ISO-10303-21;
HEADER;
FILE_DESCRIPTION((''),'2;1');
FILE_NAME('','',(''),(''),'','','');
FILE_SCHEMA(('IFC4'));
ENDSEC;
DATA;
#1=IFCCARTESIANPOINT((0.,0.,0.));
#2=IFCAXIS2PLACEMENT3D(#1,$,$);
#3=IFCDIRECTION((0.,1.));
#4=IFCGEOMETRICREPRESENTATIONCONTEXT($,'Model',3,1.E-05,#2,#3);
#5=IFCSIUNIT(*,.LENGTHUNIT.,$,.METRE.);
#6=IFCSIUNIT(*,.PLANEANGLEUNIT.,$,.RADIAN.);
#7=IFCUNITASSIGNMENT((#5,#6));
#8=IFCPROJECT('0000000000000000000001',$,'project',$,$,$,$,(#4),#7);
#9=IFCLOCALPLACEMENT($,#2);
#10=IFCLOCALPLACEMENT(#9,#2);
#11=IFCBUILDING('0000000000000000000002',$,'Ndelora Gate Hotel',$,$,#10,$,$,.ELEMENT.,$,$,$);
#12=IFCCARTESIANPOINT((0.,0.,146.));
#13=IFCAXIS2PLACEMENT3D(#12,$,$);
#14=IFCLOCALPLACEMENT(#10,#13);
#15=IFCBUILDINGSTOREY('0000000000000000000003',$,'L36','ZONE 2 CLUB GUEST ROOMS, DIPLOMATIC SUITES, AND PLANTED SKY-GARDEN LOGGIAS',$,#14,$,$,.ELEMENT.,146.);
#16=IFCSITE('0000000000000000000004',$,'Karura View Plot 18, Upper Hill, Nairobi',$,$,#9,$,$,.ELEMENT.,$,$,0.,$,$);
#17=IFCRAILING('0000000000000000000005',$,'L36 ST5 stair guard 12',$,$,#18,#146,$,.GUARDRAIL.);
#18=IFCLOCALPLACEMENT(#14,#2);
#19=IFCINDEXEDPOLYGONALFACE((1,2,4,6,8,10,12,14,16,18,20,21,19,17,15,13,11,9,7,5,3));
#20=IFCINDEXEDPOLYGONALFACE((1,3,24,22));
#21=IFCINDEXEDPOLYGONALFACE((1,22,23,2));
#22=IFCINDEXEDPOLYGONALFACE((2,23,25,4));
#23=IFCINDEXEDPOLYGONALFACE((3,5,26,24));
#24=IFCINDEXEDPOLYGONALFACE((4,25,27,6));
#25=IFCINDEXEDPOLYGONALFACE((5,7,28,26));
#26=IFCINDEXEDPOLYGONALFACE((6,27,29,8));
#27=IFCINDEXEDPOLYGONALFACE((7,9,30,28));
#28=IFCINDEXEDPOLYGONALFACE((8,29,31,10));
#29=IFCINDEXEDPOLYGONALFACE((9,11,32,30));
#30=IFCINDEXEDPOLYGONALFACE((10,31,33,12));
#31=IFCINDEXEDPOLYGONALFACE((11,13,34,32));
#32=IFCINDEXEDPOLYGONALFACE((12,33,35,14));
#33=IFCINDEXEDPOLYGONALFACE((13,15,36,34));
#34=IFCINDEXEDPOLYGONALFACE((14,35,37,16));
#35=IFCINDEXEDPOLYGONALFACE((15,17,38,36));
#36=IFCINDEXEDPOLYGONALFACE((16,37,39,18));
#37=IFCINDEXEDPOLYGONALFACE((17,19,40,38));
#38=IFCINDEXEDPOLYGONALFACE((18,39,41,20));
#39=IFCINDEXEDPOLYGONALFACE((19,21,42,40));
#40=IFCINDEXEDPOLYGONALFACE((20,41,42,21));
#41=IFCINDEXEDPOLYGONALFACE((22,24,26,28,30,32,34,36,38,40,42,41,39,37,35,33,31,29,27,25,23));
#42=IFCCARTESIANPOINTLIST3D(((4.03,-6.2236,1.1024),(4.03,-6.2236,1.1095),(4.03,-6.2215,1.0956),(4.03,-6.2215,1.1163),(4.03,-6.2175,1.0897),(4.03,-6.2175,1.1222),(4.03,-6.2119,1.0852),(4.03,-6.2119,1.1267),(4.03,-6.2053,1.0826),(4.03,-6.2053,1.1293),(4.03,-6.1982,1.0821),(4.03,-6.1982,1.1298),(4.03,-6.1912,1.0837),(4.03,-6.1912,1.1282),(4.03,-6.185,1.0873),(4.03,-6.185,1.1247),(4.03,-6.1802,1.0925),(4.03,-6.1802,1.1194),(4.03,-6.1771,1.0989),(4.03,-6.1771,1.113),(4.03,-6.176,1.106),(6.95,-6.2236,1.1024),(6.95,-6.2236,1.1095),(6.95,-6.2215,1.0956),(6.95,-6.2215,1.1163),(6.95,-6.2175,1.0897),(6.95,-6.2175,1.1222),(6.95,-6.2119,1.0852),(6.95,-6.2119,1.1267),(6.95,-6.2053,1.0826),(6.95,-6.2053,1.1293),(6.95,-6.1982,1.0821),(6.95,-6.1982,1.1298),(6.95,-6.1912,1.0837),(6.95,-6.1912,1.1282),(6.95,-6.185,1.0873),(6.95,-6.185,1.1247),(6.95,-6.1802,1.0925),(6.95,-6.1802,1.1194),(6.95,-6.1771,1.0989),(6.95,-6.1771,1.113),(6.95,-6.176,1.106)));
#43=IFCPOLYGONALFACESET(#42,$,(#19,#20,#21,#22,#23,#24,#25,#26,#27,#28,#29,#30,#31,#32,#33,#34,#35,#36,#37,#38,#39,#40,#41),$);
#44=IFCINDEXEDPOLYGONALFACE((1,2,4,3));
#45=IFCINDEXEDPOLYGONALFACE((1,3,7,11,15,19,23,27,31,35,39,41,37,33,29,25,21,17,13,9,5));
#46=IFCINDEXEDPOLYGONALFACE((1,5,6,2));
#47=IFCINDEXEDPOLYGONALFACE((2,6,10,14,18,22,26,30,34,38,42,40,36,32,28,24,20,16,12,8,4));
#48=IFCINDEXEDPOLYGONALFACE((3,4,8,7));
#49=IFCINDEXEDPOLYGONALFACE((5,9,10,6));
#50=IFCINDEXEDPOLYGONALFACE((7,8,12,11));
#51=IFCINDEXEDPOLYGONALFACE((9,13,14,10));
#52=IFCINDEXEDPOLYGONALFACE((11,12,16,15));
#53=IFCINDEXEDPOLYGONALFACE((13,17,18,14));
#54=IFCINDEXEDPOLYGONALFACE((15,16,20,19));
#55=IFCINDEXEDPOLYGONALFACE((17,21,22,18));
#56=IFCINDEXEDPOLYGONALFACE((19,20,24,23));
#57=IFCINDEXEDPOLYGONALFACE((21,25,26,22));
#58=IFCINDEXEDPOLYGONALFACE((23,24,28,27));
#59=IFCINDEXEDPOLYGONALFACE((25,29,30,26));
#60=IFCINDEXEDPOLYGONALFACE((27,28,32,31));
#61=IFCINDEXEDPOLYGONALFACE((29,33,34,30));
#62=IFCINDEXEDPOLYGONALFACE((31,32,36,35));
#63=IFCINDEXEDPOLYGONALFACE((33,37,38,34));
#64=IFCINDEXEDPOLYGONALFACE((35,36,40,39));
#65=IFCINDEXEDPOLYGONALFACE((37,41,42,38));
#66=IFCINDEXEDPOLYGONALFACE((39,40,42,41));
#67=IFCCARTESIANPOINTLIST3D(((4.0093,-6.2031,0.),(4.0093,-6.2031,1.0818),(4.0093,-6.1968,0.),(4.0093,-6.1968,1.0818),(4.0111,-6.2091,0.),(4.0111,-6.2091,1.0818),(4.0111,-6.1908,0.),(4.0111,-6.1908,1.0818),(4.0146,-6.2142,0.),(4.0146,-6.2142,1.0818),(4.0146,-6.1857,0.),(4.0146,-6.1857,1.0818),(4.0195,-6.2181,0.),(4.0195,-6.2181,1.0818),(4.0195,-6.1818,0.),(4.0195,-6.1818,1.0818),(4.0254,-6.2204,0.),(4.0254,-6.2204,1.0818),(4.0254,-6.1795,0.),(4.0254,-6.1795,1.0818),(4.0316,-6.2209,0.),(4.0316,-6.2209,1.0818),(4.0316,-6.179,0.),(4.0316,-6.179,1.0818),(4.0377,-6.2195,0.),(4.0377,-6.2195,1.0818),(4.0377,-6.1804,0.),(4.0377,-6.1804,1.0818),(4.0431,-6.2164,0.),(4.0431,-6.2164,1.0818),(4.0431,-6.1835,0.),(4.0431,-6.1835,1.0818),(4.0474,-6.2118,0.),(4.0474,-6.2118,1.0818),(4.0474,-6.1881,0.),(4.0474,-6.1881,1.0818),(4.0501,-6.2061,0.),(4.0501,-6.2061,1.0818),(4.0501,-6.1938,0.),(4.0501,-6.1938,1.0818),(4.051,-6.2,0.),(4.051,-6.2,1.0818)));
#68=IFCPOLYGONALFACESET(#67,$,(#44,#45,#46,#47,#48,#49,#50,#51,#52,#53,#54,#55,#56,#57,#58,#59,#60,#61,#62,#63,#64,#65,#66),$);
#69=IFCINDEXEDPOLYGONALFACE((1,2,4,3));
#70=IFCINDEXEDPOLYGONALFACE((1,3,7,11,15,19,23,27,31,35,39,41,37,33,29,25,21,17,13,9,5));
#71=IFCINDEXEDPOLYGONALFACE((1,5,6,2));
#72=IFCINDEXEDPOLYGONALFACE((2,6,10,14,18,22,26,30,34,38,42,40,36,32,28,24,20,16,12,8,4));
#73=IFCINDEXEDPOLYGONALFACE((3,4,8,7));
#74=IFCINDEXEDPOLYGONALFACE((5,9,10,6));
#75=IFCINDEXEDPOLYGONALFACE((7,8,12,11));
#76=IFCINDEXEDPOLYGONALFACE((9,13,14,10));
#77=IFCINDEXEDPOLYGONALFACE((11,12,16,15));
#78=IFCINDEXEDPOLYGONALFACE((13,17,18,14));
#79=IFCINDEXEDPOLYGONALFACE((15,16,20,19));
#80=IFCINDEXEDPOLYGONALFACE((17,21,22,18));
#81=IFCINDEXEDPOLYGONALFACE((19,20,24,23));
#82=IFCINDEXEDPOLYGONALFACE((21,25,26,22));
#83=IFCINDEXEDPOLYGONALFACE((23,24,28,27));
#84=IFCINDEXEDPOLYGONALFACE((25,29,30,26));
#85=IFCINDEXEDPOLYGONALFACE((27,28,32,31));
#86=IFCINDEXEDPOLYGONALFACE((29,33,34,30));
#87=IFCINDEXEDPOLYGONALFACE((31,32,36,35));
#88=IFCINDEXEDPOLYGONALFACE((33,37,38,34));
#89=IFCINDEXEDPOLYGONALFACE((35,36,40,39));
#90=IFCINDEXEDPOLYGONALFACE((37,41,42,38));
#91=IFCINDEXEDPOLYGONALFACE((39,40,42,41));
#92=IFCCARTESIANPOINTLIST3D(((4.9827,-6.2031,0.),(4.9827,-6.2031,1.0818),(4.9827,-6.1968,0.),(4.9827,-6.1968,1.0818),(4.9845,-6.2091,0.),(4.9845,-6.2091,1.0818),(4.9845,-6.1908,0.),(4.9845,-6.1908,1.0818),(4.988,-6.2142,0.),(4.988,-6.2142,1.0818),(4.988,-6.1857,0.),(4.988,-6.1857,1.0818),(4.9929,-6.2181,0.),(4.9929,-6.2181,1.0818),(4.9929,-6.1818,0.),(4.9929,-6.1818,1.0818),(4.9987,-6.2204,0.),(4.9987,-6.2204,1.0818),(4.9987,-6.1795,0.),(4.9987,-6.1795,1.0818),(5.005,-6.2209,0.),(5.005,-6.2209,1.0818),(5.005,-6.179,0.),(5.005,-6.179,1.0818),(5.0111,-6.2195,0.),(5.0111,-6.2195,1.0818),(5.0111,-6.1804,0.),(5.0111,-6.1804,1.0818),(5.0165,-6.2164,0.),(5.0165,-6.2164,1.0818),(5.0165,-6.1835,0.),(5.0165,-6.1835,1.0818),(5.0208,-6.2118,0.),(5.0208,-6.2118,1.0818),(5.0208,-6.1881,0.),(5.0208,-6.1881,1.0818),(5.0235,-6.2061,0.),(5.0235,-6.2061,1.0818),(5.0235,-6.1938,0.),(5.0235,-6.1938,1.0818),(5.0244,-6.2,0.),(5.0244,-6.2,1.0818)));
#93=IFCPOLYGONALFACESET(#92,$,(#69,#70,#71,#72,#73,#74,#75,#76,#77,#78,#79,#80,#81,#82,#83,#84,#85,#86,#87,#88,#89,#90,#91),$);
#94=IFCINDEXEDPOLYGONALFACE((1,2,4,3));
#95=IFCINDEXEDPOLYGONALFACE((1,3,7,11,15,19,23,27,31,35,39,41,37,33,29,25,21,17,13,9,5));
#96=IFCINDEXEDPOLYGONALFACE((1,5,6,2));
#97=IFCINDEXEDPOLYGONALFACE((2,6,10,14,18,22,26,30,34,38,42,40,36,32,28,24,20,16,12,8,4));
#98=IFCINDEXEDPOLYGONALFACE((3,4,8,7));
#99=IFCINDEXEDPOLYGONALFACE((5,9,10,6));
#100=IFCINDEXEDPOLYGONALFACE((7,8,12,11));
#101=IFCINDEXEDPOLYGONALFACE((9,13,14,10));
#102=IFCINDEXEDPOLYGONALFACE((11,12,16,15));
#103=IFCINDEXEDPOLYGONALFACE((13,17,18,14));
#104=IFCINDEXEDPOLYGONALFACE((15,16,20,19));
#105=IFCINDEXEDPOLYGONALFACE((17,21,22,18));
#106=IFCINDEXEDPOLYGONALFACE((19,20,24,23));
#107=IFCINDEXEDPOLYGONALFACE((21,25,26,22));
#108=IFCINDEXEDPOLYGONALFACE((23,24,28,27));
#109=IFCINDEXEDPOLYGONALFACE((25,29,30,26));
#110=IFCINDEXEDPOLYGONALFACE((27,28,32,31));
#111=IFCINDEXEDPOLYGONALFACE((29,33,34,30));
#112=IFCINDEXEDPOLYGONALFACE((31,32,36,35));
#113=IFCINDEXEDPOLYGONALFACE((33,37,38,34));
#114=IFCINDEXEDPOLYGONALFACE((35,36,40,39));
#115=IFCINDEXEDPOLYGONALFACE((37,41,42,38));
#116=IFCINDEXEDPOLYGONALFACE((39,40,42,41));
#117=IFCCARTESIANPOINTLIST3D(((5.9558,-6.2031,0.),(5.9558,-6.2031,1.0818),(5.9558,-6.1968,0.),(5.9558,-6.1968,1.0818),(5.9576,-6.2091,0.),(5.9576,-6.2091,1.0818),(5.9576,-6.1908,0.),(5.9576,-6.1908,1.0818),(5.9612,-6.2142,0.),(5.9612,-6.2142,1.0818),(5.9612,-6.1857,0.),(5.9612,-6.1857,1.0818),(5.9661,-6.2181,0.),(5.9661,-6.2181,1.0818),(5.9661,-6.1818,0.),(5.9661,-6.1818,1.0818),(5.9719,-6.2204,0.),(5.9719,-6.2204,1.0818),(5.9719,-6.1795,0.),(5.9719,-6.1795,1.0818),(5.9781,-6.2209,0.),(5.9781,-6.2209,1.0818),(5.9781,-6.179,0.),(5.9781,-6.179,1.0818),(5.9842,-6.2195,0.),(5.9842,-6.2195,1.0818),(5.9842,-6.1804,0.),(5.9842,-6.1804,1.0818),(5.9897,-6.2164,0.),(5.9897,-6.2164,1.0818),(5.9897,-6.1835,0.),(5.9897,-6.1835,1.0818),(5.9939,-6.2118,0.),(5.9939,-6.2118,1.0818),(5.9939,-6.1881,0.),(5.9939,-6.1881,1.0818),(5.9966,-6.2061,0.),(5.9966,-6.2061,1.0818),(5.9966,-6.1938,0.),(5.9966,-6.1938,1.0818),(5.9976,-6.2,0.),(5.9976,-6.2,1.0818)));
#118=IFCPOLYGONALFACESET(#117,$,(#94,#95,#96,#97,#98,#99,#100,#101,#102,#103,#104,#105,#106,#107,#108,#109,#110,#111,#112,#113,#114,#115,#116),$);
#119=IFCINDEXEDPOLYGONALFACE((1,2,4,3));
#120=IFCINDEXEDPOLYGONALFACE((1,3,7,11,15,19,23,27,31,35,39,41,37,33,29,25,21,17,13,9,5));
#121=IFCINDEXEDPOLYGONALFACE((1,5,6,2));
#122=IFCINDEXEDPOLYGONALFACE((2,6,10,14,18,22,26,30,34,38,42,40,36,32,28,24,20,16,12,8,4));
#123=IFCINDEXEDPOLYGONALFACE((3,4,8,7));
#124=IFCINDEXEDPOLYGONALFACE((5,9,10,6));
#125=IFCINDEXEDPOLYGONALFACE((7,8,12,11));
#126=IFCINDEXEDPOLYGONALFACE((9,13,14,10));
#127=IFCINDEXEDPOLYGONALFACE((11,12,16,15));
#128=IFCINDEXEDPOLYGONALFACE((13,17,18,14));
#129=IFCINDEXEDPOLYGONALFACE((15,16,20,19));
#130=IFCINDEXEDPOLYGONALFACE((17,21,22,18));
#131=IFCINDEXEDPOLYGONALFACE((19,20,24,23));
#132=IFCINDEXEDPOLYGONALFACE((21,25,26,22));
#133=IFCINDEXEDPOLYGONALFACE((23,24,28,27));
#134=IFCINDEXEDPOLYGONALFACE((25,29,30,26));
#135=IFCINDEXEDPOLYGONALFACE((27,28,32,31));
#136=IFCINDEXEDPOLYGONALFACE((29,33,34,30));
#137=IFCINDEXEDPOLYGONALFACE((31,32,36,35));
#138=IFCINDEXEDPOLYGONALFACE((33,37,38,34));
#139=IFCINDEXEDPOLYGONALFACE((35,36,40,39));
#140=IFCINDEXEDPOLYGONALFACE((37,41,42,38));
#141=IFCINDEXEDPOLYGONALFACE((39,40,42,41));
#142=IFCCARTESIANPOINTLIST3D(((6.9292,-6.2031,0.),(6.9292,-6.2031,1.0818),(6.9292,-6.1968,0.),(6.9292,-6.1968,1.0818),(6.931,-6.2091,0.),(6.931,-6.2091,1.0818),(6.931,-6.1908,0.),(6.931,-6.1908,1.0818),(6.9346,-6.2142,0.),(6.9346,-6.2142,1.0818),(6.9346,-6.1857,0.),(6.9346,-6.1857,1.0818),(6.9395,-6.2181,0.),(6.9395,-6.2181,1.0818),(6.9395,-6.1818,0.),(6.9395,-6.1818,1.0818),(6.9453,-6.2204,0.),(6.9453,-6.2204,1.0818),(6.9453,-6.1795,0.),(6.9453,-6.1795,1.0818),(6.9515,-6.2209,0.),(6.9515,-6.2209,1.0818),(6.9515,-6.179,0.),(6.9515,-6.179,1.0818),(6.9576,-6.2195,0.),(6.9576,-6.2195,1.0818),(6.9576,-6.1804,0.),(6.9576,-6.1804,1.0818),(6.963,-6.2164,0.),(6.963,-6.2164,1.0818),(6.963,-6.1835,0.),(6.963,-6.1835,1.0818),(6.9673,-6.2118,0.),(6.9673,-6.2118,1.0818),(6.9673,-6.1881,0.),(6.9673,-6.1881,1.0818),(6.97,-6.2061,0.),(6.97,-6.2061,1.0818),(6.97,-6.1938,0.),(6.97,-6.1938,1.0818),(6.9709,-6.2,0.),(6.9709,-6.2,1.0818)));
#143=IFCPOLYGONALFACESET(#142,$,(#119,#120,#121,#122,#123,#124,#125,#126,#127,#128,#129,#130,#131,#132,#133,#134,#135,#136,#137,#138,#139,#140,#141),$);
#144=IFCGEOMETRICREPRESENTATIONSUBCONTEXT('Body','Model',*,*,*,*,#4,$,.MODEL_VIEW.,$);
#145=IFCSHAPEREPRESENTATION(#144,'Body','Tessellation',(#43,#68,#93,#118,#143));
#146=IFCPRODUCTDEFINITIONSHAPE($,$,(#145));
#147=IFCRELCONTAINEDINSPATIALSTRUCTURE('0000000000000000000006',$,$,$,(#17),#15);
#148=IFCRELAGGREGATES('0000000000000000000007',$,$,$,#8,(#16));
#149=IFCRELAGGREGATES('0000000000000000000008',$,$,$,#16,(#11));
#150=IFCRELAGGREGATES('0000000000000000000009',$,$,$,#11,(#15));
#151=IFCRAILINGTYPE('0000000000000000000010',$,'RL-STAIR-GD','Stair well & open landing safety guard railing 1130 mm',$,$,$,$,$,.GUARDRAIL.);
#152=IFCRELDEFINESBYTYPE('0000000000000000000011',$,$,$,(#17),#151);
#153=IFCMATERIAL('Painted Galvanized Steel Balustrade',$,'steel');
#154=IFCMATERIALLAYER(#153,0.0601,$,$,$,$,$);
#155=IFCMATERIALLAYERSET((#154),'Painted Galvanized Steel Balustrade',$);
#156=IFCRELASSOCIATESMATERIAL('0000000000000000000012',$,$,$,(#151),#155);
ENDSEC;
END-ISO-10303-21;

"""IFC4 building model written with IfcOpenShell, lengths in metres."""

from ifc_helpers import new_model, si_unit, direction, frame, origin, origin_2d, place, context, subcontext, project, spatial, circle, extrude, material, layer, layer_set, type_object, element, save


model = new_model("IFC4")

# Units and contexts
model_context = context("Model", 3, precision=1e-05, world=origin(), true_north=direction((0.0, 1.0)))
body_context = subcontext(model_context, "Body", "Model", "MODEL_VIEW")
ifc_project = project(units=[si_unit("LENGTHUNIT", "METRE"), si_unit("PLANEANGLEUNIT", "RADIAN")], contexts=[model_context])

# Site, building, storey
site_placement = place(None, origin())
site = spatial("IfcSite", under=ifc_project, at=site_placement, Name="Karura View Plot 18, Upper Hill, Nairobi", CompositionType="ELEMENT", RefElevation=0.0)
building_placement = place(site_placement, origin())
building = spatial("IfcBuilding", under=site, at=building_placement, Name="Ndelora Gate Hotel", CompositionType="ELEMENT")
storey_placement = place(building_placement, frame((0.0, 0.0, 146.0)))
storey = spatial("IfcBuildingStorey", under=building, at=storey_placement, Name="L36", Description="ZONE 2 CLUB GUEST ROOMS, DIPLOMATIC SUITES, AND PLANTED SKY-GARDEN LOGGIAS", CompositionType="ELEMENT", Elevation=146.0)

# Railing
ifc_material_1 = material(Name="Painted Galvanized Steel Balustrade", Category="steel")
ifc_layer_1 = layer(ifc_material_1, 0.0601)
ifc_layer_set_1 = layer_set([ifc_layer_1], Name="Painted Galvanized Steel Balustrade")
railing_type_1 = type_object("IfcRailingType", Name="RL-STAIR-GD", Description="Stair well & open landing safety guard railing 1130 mm", PredefinedType="GUARDRAIL", material=ifc_layer_set_1)
railing_1_placement = place(storey_placement, frame((4.03, -6.2, 0.0)))
element("IfcRailing", 1, at=railing_1_placement, inside=storey, type_object=railing_type_1, Name="L36 ST5 stair guard 12", PredefinedType="GUARDRAIL", context=body_context, shape_type="SweptSolid", body=[
    extrude(circle(Radius=0.0239, at=origin_2d()), frame((0.0, 0.0, 1.106), z_axis=(1.0, 0.0, 0.0), x_axis=(0.0, 1.0, 0.0)), (0.0, 0.0, 1.0), 2.9199),
    extrude(circle(Radius=0.021, at=origin_2d()), origin(), (0.0, 0.0, 1.0), 1.0818),
    extrude(circle(Radius=0.021, at=origin_2d()), frame((0.9734, 0.0, 0.0)), (0.0, 0.0, 1.0), 1.0818),
    extrude(circle(Radius=0.021, at=origin_2d()), frame((1.9465, 0.0, 0.0)), (0.0, 0.0, 1.0), 1.0818),
    extrude(circle(Radius=0.021, at=origin_2d()), frame((2.9199, 0.0, 0.0)), (0.0, 0.0, 1.0), 1.0818),
])

save(model, "model.ifc")
